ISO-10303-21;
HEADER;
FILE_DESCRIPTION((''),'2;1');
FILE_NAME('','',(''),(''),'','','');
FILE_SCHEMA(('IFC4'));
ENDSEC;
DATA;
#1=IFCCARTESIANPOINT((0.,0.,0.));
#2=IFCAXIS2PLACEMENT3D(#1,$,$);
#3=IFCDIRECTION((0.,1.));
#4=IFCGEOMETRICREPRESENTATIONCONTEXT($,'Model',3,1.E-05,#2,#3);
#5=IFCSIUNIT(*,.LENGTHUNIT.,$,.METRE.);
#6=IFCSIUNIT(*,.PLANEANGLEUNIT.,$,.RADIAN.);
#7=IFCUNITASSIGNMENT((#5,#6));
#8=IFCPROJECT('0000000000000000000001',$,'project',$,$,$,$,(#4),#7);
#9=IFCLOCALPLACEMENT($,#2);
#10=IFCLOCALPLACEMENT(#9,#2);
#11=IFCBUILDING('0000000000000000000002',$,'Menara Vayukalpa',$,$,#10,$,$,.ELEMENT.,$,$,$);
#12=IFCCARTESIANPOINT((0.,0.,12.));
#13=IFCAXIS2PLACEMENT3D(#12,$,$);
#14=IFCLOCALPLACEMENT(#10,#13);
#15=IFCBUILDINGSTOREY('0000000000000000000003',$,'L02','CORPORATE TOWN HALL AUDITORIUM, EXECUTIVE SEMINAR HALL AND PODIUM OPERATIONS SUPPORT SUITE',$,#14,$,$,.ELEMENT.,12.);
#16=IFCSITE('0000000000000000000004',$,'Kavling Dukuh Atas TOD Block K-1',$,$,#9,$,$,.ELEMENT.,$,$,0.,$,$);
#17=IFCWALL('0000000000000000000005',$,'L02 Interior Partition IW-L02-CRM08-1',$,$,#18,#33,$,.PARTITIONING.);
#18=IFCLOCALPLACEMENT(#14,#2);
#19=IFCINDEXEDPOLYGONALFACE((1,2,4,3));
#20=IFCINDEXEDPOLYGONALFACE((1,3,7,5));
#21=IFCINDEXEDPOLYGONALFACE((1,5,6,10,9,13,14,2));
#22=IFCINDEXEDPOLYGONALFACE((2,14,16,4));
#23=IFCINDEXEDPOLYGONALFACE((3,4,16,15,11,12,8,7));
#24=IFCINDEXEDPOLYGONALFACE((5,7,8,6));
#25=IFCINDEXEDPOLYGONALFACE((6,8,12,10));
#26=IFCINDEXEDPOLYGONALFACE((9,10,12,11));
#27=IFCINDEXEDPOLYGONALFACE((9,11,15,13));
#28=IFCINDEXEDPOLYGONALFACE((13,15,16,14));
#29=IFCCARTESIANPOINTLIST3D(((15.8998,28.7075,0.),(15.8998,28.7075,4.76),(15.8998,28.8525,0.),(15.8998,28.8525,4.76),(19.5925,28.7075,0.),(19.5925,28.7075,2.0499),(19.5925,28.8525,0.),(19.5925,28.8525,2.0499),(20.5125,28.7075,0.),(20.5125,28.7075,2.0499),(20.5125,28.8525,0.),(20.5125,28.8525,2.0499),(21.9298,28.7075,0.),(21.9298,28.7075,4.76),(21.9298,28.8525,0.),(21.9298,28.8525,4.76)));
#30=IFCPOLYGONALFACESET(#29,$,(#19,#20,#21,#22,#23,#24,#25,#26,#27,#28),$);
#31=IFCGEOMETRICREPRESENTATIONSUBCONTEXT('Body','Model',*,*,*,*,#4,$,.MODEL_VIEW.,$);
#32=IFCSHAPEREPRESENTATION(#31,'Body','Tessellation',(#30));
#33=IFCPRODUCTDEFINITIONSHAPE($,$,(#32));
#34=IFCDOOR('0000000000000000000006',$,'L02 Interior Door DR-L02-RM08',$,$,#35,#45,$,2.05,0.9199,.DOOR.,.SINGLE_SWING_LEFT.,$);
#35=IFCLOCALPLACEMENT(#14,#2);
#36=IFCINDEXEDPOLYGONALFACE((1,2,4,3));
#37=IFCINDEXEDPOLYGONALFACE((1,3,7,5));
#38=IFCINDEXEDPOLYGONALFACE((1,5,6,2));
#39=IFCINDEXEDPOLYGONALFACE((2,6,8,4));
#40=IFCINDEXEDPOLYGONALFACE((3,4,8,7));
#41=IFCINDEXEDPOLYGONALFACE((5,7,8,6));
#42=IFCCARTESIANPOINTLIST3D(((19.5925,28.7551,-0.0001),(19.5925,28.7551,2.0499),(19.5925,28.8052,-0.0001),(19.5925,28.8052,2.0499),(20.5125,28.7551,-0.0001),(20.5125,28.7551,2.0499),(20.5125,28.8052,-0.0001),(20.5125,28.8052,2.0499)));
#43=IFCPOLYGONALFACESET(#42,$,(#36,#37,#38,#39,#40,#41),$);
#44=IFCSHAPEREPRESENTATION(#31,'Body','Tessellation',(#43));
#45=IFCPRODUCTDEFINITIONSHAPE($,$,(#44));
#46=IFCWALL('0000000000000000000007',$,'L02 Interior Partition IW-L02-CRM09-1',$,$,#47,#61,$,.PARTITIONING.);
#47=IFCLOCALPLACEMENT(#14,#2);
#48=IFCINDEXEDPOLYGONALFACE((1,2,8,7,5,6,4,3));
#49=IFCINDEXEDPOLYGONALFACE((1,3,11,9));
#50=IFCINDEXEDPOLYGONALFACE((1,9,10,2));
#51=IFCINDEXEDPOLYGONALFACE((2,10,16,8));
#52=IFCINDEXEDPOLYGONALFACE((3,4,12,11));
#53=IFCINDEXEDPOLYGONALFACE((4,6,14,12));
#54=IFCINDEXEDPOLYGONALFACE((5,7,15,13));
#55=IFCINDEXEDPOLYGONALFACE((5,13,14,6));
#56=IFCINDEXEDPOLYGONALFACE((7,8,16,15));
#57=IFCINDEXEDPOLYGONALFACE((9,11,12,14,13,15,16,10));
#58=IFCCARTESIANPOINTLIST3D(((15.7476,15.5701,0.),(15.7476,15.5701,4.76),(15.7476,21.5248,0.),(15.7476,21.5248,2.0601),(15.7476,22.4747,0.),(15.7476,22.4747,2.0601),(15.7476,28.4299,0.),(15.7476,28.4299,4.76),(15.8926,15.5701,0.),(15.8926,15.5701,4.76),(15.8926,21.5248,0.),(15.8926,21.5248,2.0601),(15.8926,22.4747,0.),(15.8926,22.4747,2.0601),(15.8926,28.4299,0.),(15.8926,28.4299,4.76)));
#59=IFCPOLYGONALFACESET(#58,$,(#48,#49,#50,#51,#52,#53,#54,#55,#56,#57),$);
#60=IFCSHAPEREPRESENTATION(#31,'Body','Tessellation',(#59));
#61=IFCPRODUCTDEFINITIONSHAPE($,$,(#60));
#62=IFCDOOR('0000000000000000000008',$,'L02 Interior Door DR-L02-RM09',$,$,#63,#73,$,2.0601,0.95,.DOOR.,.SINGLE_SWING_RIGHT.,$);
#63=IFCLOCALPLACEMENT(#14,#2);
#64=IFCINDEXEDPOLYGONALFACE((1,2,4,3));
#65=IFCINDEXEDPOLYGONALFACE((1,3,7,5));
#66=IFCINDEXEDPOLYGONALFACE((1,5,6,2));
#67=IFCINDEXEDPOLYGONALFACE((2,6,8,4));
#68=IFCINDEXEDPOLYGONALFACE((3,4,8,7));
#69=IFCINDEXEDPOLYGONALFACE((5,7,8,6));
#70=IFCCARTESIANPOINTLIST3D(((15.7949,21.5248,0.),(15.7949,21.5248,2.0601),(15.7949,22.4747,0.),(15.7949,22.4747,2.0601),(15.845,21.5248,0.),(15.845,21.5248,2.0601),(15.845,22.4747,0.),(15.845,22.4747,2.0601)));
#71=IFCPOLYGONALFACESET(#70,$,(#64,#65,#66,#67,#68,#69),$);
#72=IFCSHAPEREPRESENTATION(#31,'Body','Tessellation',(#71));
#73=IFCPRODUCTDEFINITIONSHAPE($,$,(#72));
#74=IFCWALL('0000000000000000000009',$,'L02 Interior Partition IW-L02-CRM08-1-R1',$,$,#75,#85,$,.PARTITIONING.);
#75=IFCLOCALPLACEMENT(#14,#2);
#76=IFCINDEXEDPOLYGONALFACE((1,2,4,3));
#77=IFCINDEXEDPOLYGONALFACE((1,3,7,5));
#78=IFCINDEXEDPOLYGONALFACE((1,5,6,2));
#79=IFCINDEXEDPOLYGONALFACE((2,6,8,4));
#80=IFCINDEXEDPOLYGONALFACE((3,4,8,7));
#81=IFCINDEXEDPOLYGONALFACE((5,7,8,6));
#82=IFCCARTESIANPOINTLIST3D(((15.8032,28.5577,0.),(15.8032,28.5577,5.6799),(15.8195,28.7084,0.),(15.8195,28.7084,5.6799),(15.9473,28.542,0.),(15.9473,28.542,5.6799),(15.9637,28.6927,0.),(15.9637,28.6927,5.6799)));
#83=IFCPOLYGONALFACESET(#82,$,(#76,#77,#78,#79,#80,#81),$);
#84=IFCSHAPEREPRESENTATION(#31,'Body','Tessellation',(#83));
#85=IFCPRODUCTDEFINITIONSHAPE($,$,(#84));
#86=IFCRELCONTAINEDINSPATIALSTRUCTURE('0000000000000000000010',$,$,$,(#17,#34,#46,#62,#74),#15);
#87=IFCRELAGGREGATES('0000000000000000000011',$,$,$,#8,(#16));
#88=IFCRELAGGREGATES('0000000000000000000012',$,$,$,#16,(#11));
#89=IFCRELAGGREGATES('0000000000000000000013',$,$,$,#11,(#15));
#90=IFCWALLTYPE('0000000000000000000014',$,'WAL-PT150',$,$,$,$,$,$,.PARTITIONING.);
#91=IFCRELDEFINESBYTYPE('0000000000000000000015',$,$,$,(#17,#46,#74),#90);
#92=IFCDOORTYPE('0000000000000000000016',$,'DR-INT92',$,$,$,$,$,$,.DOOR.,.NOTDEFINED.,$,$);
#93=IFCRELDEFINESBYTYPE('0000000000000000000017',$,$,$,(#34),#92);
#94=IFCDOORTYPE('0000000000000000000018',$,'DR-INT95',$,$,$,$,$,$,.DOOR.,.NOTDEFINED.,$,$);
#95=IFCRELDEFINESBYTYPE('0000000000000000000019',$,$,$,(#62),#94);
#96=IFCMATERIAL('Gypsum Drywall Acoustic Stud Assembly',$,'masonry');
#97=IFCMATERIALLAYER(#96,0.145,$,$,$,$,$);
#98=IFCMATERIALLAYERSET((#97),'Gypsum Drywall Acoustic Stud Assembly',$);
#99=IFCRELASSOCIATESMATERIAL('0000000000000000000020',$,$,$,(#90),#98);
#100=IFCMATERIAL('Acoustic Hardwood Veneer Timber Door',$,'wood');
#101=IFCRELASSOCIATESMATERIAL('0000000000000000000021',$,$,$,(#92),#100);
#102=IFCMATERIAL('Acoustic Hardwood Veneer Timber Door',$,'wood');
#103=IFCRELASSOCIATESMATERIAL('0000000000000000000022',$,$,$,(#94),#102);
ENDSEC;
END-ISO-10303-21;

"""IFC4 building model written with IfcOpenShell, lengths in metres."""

from ifc_helpers import new_model, si_unit, direction, frame, frame_2d, origin, place, context, subcontext, project, spatial, rectangle, extrude, material, layer, layer_set, type_object, element, fill, save


model = new_model("IFC4")

# Units and contexts
model_context = context("Model", 3, precision=1e-05, world=origin(), true_north=direction((0.0, 1.0)))
body_context = subcontext(model_context, "Body", "Model", "MODEL_VIEW")
ifc_project = project(units=[si_unit("LENGTHUNIT", "METRE"), si_unit("PLANEANGLEUNIT", "RADIAN")], contexts=[model_context])

# Site, building, storey
site_placement = place(None, origin())
site = spatial("IfcSite", under=ifc_project, at=site_placement, Name="Kavling Dukuh Atas TOD Block K-1", CompositionType="ELEMENT", RefElevation=0.0)
building_placement = place(site_placement, origin())
building = spatial("IfcBuilding", under=site, at=building_placement, Name="Menara Vayukalpa", CompositionType="ELEMENT")
storey_placement = place(building_placement, frame((0.0, 0.0, 12.0)))
storey = spatial("IfcBuildingStorey", under=building, at=storey_placement, Name="L02", Description="CORPORATE TOWN HALL AUDITORIUM, EXECUTIVE SEMINAR HALL AND PODIUM OPERATIONS SUPPORT SUITE", CompositionType="ELEMENT", Elevation=12.0)

# Walls, openings, doors
ifc_material_1 = material(Name="Gypsum Drywall Acoustic Stud Assembly", Category="masonry")
ifc_layer_1 = layer(ifc_material_1, 0.145)
ifc_layer_set_1 = layer_set([ifc_layer_1], Name="Gypsum Drywall Acoustic Stud Assembly")
wall_type_1 = type_object("IfcWallType", Name="WAL-PT150", PredefinedType="PARTITIONING", material=ifc_layer_set_1)
wall_1_placement = place(storey_placement, frame((21.9299, 28.78, 0.0), z_axis=(0.0, 0.0, 1.0), x_axis=(-1.0, 0.0, 0.0)))
wall_1 = element("IfcWall", 1, at=wall_1_placement, inside=storey, type_object=wall_type_1, Name="L02 Interior Partition IW-L02-CRM08-1", PredefinedType="PARTITIONING", context=body_context, shape_type="SweptSolid", body=[
    extrude(rectangle(XDim=6.03, YDim=0.145, at=frame_2d((3.0151, 0.0))), origin(), (0.0, 0.0, 1.0), 4.76),
])
opening_1_placement = place(wall_1_placement, frame((1.4175, 0.0, 0.0)))
opening_1 = element("IfcOpeningElement", 2, at=opening_1_placement, cuts=wall_1, PredefinedType="OPENING", context=body_context, shape_type="SweptSolid", body=[
    extrude(rectangle(XDim=0.9199, YDim=2.05, at=frame_2d((0.46, 1.0249))), frame((0.0, 0.0825, 0.0), z_axis=(0.0, -1.0, 0.0), x_axis=(1.0, 0.0, 0.0)), (0.0, 0.0, 1.0), 0.165),
])
ifc_material_2 = material(Name="Acoustic Hardwood Veneer Timber Door", Category="wood")
door_type_1 = type_object("IfcDoorType", Name="DR-INT92", OperationType="NOTDEFINED", PredefinedType="DOOR", material=ifc_material_2)
door_1_placement = place(opening_1_placement, origin())
door_1 = element("IfcDoor", 3, at=door_1_placement, inside=storey, type_object=door_type_1, Name="L02 Interior Door DR-L02-RM08", OperationType="SINGLE_SWING_LEFT", OverallHeight=2.05, OverallWidth=0.9199, PredefinedType="DOOR", context=body_context, shape_type="SweptSolid", body=[
    extrude(rectangle(XDim=0.9199, YDim=2.05, at=frame_2d((0.46, 1.0249))), frame((0.0, 0.0249, 0.0), z_axis=(0.0, -1.0, 0.0), x_axis=(1.0, 0.0, 0.0)), (0.0, 0.0, 1.0), 0.05),
])
fill(opening_1, door_1)
wall_2_placement = place(storey_placement, frame((15.8201, 28.4299, 0.0), z_axis=(0.0, 0.0, 1.0), x_axis=(0.0, -1.0, 0.0)))
wall_2 = element("IfcWall", 4, at=wall_2_placement, inside=storey, type_object=wall_type_1, Name="L02 Interior Partition IW-L02-CRM09-1", PredefinedType="PARTITIONING", context=body_context, shape_type="SweptSolid", body=[
    extrude(rectangle(XDim=12.8599, YDim=0.145, at=frame_2d((6.4299, 0.0))), origin(), (0.0, 0.0, 1.0), 4.76),
])
opening_2_placement = place(wall_2_placement, frame((5.9551, 0.0, 0.0)))
opening_2 = element("IfcOpeningElement", 5, at=opening_2_placement, cuts=wall_2, PredefinedType="OPENING", context=body_context, shape_type="SweptSolid", body=[
    extrude(rectangle(XDim=0.95, YDim=2.0601, at=frame_2d((0.4751, 1.03))), frame((0.0, 0.0825, 0.0), z_axis=(0.0, -1.0, 0.0), x_axis=(1.0, 0.0, 0.0)), (0.0, 0.0, 1.0), 0.165),
])
ifc_material_3 = material(Name="Acoustic Hardwood Veneer Timber Door", Category="wood")
door_type_2 = type_object("IfcDoorType", Name="DR-INT95", OperationType="NOTDEFINED", PredefinedType="DOOR", material=ifc_material_3)
door_2_placement = place(opening_2_placement, origin())
door_2 = element("IfcDoor", 6, at=door_2_placement, inside=storey, type_object=door_type_2, Name="L02 Interior Door DR-L02-RM09", OperationType="SINGLE_SWING_RIGHT", OverallHeight=2.0601, OverallWidth=0.95, PredefinedType="DOOR", context=body_context, shape_type="SweptSolid", body=[
    extrude(rectangle(XDim=0.95, YDim=2.0601, at=frame_2d((0.4751, 1.03))), frame((0.0, 0.0249, 0.0), z_axis=(0.0, -1.0, 0.0), x_axis=(1.0, 0.0, 0.0)), (0.0, 0.0, 1.0), 0.05),
])
fill(opening_2, door_2)

# Wall
wall_3_placement = place(storey_placement, frame((15.8916, 28.7004, 0.0), z_axis=(0.0, 0.0, 1.0), x_axis=(-0.107955, -0.994156, 0.0)))
element("IfcWall", 7, at=wall_3_placement, inside=storey, type_object=wall_type_1, Name="L02 Interior Partition IW-L02-CRM08-1-R1", PredefinedType="PARTITIONING", context=body_context, shape_type="SweptSolid", body=[
    extrude(rectangle(XDim=0.1516, YDim=0.145, at=frame_2d((0.0757, 0.0))), origin(), (0.0, 0.0, 1.0), 5.6799),
])

save(model, "model.ifc")
